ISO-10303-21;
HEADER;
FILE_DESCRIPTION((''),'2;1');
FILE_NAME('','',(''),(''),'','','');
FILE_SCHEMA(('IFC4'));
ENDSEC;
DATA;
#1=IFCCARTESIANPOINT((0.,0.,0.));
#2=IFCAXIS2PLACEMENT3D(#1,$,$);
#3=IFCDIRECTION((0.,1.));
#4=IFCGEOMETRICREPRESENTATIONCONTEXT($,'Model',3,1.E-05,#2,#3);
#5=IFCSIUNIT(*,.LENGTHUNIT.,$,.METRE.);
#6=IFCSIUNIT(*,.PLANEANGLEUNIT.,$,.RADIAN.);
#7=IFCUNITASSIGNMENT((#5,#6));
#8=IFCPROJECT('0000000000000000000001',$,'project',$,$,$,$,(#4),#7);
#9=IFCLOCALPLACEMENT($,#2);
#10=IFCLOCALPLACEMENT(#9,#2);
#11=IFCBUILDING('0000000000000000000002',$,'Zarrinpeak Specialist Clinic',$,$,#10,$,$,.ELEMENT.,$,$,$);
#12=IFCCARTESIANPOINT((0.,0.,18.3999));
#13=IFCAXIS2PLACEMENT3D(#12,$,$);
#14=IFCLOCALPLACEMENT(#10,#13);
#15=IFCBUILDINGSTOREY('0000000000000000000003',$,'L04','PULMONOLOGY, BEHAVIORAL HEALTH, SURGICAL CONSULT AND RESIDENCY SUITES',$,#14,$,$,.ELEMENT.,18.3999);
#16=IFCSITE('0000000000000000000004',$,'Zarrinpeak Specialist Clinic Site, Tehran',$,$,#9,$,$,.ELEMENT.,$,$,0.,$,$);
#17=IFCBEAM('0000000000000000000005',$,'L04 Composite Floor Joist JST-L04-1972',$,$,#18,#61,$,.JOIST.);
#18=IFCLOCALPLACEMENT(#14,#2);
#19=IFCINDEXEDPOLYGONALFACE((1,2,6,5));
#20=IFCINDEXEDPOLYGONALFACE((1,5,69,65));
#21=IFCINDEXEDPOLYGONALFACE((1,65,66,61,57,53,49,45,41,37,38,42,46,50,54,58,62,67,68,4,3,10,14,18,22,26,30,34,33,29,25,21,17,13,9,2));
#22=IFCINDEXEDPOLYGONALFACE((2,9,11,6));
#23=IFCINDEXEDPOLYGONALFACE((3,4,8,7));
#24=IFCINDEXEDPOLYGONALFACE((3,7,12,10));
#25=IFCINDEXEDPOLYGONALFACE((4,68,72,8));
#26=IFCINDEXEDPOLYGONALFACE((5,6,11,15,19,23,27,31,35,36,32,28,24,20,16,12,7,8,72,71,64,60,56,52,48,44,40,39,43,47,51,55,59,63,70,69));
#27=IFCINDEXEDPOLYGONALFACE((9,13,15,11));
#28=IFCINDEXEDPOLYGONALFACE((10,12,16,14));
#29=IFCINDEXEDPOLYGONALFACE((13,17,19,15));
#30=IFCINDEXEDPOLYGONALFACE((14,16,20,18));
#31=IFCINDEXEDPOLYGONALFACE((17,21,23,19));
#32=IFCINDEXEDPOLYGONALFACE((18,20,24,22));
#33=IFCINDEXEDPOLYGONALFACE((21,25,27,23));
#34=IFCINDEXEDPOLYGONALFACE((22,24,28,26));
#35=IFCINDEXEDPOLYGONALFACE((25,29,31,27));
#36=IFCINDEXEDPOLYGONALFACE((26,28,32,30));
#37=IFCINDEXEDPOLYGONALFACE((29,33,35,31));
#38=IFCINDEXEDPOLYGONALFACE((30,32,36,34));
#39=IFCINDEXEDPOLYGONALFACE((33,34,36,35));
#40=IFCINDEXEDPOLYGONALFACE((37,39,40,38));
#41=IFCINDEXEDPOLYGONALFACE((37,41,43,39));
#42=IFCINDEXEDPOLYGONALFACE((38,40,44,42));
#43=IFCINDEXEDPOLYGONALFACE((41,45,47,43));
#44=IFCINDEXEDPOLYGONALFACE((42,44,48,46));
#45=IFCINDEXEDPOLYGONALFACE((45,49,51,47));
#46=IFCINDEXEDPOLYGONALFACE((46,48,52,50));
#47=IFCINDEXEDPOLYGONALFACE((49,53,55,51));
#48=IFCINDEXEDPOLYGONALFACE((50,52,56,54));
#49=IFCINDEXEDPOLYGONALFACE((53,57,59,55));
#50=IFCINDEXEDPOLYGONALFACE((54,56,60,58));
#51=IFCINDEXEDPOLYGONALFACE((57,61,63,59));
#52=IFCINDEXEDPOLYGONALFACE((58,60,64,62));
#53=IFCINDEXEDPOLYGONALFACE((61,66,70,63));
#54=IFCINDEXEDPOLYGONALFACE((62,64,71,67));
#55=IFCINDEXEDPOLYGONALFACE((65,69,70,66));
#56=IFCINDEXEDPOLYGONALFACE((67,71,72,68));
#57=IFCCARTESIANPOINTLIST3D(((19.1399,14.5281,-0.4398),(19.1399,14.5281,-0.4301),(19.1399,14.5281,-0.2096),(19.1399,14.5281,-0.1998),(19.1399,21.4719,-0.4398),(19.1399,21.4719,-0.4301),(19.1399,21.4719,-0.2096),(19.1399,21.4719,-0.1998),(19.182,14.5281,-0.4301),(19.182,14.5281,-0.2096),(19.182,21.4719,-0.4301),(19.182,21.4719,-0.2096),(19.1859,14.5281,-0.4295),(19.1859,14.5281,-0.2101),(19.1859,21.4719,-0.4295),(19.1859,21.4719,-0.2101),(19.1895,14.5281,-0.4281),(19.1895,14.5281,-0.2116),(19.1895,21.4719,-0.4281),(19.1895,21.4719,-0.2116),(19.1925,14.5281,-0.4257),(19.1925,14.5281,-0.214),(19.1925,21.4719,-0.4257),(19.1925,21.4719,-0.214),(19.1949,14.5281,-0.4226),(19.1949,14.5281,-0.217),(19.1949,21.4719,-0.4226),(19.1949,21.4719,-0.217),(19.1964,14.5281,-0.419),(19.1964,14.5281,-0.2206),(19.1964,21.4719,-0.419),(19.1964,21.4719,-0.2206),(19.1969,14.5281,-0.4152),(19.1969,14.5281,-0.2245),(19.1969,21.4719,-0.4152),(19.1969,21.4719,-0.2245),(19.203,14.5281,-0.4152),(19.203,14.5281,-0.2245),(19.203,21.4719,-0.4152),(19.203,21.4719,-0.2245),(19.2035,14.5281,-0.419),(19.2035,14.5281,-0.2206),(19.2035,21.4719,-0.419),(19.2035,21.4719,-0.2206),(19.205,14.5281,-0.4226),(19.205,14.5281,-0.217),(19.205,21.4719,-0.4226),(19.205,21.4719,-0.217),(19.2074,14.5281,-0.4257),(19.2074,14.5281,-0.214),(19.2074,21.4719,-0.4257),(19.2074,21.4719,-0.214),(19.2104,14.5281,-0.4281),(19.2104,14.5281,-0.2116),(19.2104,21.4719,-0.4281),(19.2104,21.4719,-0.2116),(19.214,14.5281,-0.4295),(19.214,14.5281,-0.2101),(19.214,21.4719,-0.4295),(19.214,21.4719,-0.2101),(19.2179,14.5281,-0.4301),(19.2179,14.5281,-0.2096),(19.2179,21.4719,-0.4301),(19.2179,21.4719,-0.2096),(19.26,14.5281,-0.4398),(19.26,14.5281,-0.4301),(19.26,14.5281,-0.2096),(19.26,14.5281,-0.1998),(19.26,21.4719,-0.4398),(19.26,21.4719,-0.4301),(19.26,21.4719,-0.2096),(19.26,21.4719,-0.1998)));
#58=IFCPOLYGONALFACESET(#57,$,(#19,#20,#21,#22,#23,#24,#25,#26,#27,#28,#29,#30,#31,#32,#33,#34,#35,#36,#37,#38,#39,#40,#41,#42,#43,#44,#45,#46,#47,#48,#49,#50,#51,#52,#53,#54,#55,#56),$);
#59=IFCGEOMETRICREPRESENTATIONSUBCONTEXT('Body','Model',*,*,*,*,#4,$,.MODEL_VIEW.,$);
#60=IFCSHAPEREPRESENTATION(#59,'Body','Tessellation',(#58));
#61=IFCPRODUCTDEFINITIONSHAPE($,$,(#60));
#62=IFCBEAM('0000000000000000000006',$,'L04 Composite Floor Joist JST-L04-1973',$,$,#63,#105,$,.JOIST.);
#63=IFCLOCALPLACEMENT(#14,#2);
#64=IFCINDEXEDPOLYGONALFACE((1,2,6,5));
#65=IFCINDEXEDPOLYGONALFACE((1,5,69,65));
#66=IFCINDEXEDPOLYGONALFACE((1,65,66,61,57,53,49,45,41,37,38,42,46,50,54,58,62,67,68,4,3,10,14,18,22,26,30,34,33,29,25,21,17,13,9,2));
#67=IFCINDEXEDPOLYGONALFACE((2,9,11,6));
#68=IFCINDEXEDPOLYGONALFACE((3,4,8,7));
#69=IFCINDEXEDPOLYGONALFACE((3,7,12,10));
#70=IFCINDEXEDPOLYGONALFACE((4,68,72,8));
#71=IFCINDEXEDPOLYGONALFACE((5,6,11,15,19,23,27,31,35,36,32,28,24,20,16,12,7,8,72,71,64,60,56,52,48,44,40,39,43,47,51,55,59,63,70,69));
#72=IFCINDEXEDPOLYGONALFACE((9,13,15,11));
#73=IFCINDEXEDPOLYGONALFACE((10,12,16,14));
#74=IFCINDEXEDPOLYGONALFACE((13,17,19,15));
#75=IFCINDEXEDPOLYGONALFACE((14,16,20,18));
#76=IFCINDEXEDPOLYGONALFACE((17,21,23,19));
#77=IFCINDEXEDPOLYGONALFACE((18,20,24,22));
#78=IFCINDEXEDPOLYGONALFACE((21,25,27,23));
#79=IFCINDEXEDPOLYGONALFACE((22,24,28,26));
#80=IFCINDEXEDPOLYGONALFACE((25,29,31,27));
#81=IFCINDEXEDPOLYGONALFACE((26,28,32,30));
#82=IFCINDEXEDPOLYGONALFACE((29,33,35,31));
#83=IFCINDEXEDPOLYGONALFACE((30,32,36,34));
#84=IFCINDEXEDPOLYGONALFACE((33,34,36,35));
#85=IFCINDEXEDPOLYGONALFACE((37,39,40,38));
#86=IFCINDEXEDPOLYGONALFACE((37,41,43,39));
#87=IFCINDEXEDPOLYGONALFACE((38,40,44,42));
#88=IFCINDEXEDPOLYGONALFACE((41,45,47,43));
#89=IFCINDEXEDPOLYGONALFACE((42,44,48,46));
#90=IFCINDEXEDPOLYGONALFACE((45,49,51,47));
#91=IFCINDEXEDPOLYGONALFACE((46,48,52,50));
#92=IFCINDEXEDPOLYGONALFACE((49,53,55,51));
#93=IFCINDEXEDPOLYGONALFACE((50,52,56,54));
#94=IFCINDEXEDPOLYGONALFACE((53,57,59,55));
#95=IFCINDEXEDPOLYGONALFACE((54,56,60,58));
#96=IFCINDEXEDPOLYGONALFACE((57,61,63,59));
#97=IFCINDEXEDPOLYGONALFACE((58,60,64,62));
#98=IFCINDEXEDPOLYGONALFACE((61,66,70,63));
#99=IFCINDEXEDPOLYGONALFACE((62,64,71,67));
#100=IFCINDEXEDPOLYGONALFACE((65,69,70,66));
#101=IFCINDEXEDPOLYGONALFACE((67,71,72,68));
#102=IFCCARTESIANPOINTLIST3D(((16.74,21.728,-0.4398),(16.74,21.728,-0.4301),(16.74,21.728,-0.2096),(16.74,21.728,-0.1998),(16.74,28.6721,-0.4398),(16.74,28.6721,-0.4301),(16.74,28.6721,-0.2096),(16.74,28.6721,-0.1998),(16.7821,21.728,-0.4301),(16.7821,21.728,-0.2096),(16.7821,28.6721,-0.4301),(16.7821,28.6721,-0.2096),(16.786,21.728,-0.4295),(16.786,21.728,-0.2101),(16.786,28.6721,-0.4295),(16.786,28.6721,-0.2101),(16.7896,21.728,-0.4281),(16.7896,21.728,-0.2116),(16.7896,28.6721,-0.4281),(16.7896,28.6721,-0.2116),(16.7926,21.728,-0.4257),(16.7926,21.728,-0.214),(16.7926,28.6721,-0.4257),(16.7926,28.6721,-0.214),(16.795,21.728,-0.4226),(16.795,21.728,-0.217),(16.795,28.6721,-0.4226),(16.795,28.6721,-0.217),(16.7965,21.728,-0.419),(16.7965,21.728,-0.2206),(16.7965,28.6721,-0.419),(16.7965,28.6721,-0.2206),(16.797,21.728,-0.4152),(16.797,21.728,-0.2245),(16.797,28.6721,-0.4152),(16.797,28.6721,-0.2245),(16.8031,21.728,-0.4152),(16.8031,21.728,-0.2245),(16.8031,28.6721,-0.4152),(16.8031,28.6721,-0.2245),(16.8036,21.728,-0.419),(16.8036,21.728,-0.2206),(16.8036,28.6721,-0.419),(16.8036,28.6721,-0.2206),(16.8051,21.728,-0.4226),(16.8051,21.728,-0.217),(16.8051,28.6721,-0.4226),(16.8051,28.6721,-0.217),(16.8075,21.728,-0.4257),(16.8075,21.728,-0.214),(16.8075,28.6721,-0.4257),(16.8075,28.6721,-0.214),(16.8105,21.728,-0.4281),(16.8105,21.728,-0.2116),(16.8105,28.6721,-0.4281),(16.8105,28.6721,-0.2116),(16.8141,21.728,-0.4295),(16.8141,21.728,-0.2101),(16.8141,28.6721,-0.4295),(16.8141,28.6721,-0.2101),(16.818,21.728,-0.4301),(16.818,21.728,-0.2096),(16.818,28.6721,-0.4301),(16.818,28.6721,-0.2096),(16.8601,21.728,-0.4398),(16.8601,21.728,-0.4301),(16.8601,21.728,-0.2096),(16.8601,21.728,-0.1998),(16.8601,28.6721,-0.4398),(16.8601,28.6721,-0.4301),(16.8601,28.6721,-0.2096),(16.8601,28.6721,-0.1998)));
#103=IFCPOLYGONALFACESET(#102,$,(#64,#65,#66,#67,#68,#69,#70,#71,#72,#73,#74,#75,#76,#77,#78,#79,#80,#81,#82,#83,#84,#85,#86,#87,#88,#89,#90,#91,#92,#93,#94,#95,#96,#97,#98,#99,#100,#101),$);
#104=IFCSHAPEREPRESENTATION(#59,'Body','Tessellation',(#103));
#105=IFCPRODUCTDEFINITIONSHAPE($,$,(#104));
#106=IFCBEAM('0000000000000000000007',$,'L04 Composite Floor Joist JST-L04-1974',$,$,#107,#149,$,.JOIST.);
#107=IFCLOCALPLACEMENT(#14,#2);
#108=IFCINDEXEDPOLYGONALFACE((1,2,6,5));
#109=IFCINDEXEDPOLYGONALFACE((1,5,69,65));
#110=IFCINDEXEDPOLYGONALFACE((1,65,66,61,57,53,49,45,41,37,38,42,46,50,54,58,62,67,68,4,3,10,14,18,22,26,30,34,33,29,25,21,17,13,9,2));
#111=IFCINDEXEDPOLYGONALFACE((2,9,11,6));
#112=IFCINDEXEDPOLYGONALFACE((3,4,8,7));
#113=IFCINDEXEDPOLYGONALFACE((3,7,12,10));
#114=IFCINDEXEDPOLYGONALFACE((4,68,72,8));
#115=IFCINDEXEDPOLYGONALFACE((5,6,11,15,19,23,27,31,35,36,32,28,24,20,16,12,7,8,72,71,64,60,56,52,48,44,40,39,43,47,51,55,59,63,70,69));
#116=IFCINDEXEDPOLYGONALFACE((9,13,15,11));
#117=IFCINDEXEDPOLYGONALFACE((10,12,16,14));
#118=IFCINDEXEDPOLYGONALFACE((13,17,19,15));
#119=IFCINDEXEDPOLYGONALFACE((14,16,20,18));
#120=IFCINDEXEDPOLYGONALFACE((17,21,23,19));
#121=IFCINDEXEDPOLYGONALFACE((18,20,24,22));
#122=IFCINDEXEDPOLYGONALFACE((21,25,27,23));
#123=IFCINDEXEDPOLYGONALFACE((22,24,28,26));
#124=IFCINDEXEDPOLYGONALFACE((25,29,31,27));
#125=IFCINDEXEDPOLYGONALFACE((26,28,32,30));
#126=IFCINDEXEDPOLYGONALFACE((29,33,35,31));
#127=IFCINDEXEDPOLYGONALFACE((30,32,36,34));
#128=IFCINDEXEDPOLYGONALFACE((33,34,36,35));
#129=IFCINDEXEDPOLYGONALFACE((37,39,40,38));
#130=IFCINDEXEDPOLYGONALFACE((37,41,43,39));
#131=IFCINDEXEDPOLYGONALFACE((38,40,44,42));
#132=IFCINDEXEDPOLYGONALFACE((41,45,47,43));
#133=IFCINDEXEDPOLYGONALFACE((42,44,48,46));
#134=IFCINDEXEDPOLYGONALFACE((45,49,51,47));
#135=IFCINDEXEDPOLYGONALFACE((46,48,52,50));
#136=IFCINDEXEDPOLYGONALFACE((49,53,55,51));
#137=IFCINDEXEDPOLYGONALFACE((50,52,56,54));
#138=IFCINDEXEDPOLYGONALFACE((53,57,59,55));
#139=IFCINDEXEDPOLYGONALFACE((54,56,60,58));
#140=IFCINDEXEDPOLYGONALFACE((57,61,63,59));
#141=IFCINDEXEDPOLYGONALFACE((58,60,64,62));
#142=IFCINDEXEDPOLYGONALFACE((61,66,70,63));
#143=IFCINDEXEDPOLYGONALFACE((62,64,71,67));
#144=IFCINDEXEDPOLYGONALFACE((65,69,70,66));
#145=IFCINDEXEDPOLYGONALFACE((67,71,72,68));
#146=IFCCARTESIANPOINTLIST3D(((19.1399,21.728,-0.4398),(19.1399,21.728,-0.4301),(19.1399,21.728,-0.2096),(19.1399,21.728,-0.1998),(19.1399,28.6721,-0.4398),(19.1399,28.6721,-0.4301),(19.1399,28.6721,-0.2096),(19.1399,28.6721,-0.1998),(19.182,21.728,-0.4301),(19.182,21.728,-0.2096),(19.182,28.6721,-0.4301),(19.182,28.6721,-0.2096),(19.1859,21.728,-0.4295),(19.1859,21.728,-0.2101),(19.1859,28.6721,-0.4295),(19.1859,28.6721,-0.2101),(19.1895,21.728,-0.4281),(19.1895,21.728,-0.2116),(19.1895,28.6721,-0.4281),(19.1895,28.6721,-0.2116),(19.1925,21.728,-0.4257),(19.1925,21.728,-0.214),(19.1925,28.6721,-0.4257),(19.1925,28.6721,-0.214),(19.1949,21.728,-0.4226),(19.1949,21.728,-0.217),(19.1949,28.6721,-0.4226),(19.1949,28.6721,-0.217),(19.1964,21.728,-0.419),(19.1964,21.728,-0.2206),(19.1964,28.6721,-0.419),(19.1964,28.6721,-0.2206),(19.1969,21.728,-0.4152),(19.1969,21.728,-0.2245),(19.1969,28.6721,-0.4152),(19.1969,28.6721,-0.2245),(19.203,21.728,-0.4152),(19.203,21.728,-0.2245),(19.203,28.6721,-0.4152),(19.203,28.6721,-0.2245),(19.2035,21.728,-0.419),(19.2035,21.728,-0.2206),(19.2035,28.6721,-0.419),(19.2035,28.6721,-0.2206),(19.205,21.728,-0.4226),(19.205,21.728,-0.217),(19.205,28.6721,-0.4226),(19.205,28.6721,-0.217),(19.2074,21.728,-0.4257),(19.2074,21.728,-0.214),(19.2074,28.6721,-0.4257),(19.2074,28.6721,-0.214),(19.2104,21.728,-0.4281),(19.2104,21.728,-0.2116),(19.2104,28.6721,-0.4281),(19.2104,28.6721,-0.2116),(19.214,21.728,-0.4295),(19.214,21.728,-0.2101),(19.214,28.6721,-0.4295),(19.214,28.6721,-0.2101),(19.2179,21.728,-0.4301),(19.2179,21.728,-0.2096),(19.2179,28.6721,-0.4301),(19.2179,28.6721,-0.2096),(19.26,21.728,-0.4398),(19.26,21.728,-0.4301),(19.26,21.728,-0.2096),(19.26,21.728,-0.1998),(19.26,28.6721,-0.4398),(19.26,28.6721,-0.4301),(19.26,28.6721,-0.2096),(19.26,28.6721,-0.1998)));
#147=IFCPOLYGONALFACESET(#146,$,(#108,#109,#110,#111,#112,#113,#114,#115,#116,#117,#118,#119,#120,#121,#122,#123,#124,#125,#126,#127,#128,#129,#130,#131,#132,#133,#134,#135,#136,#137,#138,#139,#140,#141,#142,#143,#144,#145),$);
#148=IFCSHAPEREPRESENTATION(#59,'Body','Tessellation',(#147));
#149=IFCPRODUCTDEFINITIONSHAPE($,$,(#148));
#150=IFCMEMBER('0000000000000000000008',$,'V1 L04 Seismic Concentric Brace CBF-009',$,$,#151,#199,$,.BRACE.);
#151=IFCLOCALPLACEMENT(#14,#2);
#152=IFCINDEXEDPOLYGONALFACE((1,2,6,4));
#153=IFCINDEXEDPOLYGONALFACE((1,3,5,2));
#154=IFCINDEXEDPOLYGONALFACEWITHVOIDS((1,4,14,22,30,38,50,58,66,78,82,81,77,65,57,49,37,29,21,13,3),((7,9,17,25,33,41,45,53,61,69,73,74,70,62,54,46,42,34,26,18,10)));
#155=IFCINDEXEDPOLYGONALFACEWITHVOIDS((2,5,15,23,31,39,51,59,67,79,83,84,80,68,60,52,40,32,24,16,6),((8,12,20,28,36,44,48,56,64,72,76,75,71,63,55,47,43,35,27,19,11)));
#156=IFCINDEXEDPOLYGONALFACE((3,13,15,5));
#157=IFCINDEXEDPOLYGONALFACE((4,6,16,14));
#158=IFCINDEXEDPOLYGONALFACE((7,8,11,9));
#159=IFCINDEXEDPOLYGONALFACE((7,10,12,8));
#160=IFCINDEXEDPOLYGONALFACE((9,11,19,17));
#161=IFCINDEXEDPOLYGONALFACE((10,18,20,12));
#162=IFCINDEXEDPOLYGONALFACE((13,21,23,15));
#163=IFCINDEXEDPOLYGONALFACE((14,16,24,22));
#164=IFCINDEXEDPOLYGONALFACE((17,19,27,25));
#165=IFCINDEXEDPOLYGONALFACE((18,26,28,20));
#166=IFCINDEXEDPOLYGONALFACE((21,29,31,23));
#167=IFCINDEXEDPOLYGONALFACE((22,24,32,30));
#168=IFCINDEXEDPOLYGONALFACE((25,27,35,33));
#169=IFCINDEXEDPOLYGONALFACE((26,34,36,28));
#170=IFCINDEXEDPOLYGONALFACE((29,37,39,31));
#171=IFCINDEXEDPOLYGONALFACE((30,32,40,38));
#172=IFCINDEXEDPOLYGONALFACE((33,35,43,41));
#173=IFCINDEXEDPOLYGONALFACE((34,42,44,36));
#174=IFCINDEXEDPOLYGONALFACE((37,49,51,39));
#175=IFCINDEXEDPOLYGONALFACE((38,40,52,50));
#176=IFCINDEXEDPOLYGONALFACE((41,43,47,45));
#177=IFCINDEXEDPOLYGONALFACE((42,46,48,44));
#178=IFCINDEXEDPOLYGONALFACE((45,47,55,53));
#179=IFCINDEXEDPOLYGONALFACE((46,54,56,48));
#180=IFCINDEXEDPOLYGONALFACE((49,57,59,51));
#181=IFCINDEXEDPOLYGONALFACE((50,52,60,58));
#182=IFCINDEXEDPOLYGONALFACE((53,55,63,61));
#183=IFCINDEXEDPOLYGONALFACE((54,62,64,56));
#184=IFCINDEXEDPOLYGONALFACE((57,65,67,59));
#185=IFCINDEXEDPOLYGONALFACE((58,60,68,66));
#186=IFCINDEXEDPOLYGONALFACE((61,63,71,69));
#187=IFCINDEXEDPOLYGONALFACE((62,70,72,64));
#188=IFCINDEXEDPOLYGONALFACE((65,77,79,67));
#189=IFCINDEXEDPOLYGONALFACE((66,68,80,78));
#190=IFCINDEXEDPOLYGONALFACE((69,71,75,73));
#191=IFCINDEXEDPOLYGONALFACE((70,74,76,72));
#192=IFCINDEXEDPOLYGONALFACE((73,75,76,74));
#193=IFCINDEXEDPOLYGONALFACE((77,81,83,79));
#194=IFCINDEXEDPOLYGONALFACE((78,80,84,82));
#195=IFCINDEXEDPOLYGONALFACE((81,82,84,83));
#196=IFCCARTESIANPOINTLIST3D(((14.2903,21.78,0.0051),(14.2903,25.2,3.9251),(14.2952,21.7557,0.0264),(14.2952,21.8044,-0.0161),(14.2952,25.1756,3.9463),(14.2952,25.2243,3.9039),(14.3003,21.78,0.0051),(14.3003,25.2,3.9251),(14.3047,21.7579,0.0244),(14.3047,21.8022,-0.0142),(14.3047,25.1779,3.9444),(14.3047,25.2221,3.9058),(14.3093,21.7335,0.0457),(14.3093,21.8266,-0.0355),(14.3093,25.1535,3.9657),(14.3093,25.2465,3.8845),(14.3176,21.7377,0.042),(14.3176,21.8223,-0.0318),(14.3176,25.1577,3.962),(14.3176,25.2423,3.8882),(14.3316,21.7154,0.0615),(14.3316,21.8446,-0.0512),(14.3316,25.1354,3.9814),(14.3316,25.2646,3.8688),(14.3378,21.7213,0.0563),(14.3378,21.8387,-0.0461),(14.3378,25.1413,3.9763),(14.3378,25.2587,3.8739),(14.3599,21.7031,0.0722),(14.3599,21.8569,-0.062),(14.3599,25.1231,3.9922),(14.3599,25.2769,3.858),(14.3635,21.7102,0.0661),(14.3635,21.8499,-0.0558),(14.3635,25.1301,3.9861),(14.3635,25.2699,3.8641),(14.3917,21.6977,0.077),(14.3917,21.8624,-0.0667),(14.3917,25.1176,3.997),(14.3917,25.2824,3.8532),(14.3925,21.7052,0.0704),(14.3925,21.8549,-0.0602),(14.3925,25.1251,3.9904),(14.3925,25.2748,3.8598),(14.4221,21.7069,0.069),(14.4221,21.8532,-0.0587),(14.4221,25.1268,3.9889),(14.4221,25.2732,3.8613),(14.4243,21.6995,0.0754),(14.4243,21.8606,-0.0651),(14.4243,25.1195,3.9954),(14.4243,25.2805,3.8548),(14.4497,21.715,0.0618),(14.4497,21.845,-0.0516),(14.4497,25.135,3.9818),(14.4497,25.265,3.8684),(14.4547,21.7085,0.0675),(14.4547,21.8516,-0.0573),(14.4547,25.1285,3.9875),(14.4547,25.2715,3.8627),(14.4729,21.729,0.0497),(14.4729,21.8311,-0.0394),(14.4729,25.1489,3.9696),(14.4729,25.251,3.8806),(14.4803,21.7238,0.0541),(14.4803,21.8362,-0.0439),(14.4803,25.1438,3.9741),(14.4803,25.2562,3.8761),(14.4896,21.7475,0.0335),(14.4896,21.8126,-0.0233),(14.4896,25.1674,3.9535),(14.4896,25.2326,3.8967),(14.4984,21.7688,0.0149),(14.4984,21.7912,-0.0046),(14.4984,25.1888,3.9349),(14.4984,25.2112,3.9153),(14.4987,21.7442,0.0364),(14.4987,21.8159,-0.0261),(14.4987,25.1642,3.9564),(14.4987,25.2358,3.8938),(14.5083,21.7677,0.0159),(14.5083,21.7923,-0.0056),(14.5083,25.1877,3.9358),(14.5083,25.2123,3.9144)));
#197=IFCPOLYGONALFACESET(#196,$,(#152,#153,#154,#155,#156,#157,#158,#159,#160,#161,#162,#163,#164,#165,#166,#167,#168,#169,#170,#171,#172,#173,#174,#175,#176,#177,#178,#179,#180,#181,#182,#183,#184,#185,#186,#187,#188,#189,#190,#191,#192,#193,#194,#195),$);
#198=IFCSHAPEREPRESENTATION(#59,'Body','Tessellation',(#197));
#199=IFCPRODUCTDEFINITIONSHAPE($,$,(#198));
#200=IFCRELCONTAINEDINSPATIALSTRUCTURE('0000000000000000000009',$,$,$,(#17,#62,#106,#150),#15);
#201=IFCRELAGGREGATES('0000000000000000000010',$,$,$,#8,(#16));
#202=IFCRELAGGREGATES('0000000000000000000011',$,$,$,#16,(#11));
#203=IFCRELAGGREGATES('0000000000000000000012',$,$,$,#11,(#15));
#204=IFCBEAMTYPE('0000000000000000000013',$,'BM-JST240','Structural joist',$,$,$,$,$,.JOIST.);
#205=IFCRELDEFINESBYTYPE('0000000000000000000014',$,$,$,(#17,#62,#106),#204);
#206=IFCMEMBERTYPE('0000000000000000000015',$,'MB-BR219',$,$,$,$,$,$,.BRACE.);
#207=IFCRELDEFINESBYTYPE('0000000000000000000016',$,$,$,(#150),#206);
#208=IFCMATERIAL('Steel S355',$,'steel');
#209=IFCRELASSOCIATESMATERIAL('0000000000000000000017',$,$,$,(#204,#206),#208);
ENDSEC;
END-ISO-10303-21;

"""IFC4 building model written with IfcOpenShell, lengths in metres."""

from ifc_helpers import new_model, si_unit, direction, frame, origin, origin_2d, place, context, subcontext, project, spatial, hollow_circle, i_section, extrude, material, material_profile, profile_set, type_object, element, save


model = new_model("IFC4")

# Units and contexts
model_context = context("Model", 3, precision=1e-05, world=origin(), true_north=direction((0.0, 1.0)))
body_context = subcontext(model_context, "Body", "Model", "MODEL_VIEW")
ifc_project = project(units=[si_unit("LENGTHUNIT", "METRE"), si_unit("PLANEANGLEUNIT", "RADIAN")], contexts=[model_context])

# Site, building, storey
site_placement = place(None, origin())
site = spatial("IfcSite", under=ifc_project, at=site_placement, Name="Zarrinpeak Specialist Clinic Site, Tehran", CompositionType="ELEMENT", RefElevation=0.0)
building_placement = place(site_placement, origin())
building = spatial("IfcBuilding", under=site, at=building_placement, Name="Zarrinpeak Specialist Clinic", CompositionType="ELEMENT")
storey_placement = place(building_placement, frame((0.0, 0.0, 18.3999)))
storey = spatial("IfcBuildingStorey", under=building, at=storey_placement, Name="L04", Description="PULMONOLOGY, BEHAVIORAL HEALTH, SURGICAL CONSULT AND RESIDENCY SUITES", CompositionType="ELEMENT", Elevation=18.3999)

# Shared definitions
ifc_material_1 = material(Name="Steel S355", Category="steel")

# Beams
ifc_material_profile_1 = material_profile(ifc_material_1, i_section(OverallWidth=0.1201, OverallDepth=0.24, WebThickness=0.0061, FlangeThickness=0.0098, FilletRadius=0.0149, at=origin_2d()), Name="IPE 240")
ifc_profile_set_1 = profile_set([ifc_material_profile_1], Name="Steel S355")
beam_type_1 = type_object("IfcBeamType", Name="BM-JST240", Description="Structural joist", PredefinedType="JOIST", material=ifc_profile_set_1)
for number, where, z_axis, x_axis, name in (
    (1, (19.2, 14.5281, -0.3198), (0.0, 1.0, 0.0), (-1.0, 0.0, 0.0), "L04 Composite Floor Joist JST-L04-1972"),
):
    element("IfcBeam", number, at=place(storey_placement, frame(where, z_axis=z_axis, x_axis=x_axis)), inside=storey, type_object=beam_type_1, Name=name, PredefinedType="JOIST", context=body_context, shape_type="SweptSolid", body=[
        extrude(i_section(OverallWidth=0.1201, OverallDepth=0.24, WebThickness=0.0061, FlangeThickness=0.0098, FilletRadius=0.0149, at=origin_2d()), origin(), (0.0, 0.0, 1.0), 6.9438),
    ])
for number, where, z_axis, x_axis, name in (
    (2, (16.8, 21.728, -0.3198), (0.0, 1.0, 0.0), (-1.0, 0.0, 0.0), "L04 Composite Floor Joist JST-L04-1973"),
    (3, (19.2, 21.728, -0.3198), (0.0, 1.0, 0.0), (-1.0, 0.0, 0.0), "L04 Composite Floor Joist JST-L04-1974"),
):
    element("IfcBeam", number, at=place(storey_placement, frame(where, z_axis=z_axis, x_axis=x_axis)), inside=storey, type_object=beam_type_1, Name=name, PredefinedType="JOIST", context=body_context, shape_type="SweptSolid", body=[
        extrude(i_section(OverallWidth=0.1201, OverallDepth=0.24, WebThickness=0.0061, FlangeThickness=0.0098, FilletRadius=0.0149, at=origin_2d()), origin(), (0.0, 0.0, 1.0), 6.9441),
    ])

# Member
ifc_material_profile_2 = material_profile(ifc_material_1, hollow_circle(Radius=0.1096, WallThickness=0.01, at=origin_2d()), Name="CHS 219.1x10.0")
ifc_profile_set_2 = profile_set([ifc_material_profile_2], Name="Steel S355")
member_type = type_object("IfcMemberType", Name="MB-BR219", PredefinedType="BRACE", material=ifc_profile_set_2)
member_placement = place(storey_placement, frame((14.3999, 21.78, 0.0051), z_axis=(0.0, 0.657414, 0.753529), x_axis=(-1.0, 0.0, 0.0)))
element("IfcMember", 4, at=member_placement, inside=storey, type_object=member_type, Name="V1 L04 Seismic Concentric Brace CBF-009", PredefinedType="BRACE", context=body_context, shape_type="SweptSolid", body=[
    extrude(hollow_circle(Radius=0.1096, WallThickness=0.01, at=origin_2d()), origin(), (0.0, 0.0, 1.0), 5.2021),
])

save(model, "model.ifc")
